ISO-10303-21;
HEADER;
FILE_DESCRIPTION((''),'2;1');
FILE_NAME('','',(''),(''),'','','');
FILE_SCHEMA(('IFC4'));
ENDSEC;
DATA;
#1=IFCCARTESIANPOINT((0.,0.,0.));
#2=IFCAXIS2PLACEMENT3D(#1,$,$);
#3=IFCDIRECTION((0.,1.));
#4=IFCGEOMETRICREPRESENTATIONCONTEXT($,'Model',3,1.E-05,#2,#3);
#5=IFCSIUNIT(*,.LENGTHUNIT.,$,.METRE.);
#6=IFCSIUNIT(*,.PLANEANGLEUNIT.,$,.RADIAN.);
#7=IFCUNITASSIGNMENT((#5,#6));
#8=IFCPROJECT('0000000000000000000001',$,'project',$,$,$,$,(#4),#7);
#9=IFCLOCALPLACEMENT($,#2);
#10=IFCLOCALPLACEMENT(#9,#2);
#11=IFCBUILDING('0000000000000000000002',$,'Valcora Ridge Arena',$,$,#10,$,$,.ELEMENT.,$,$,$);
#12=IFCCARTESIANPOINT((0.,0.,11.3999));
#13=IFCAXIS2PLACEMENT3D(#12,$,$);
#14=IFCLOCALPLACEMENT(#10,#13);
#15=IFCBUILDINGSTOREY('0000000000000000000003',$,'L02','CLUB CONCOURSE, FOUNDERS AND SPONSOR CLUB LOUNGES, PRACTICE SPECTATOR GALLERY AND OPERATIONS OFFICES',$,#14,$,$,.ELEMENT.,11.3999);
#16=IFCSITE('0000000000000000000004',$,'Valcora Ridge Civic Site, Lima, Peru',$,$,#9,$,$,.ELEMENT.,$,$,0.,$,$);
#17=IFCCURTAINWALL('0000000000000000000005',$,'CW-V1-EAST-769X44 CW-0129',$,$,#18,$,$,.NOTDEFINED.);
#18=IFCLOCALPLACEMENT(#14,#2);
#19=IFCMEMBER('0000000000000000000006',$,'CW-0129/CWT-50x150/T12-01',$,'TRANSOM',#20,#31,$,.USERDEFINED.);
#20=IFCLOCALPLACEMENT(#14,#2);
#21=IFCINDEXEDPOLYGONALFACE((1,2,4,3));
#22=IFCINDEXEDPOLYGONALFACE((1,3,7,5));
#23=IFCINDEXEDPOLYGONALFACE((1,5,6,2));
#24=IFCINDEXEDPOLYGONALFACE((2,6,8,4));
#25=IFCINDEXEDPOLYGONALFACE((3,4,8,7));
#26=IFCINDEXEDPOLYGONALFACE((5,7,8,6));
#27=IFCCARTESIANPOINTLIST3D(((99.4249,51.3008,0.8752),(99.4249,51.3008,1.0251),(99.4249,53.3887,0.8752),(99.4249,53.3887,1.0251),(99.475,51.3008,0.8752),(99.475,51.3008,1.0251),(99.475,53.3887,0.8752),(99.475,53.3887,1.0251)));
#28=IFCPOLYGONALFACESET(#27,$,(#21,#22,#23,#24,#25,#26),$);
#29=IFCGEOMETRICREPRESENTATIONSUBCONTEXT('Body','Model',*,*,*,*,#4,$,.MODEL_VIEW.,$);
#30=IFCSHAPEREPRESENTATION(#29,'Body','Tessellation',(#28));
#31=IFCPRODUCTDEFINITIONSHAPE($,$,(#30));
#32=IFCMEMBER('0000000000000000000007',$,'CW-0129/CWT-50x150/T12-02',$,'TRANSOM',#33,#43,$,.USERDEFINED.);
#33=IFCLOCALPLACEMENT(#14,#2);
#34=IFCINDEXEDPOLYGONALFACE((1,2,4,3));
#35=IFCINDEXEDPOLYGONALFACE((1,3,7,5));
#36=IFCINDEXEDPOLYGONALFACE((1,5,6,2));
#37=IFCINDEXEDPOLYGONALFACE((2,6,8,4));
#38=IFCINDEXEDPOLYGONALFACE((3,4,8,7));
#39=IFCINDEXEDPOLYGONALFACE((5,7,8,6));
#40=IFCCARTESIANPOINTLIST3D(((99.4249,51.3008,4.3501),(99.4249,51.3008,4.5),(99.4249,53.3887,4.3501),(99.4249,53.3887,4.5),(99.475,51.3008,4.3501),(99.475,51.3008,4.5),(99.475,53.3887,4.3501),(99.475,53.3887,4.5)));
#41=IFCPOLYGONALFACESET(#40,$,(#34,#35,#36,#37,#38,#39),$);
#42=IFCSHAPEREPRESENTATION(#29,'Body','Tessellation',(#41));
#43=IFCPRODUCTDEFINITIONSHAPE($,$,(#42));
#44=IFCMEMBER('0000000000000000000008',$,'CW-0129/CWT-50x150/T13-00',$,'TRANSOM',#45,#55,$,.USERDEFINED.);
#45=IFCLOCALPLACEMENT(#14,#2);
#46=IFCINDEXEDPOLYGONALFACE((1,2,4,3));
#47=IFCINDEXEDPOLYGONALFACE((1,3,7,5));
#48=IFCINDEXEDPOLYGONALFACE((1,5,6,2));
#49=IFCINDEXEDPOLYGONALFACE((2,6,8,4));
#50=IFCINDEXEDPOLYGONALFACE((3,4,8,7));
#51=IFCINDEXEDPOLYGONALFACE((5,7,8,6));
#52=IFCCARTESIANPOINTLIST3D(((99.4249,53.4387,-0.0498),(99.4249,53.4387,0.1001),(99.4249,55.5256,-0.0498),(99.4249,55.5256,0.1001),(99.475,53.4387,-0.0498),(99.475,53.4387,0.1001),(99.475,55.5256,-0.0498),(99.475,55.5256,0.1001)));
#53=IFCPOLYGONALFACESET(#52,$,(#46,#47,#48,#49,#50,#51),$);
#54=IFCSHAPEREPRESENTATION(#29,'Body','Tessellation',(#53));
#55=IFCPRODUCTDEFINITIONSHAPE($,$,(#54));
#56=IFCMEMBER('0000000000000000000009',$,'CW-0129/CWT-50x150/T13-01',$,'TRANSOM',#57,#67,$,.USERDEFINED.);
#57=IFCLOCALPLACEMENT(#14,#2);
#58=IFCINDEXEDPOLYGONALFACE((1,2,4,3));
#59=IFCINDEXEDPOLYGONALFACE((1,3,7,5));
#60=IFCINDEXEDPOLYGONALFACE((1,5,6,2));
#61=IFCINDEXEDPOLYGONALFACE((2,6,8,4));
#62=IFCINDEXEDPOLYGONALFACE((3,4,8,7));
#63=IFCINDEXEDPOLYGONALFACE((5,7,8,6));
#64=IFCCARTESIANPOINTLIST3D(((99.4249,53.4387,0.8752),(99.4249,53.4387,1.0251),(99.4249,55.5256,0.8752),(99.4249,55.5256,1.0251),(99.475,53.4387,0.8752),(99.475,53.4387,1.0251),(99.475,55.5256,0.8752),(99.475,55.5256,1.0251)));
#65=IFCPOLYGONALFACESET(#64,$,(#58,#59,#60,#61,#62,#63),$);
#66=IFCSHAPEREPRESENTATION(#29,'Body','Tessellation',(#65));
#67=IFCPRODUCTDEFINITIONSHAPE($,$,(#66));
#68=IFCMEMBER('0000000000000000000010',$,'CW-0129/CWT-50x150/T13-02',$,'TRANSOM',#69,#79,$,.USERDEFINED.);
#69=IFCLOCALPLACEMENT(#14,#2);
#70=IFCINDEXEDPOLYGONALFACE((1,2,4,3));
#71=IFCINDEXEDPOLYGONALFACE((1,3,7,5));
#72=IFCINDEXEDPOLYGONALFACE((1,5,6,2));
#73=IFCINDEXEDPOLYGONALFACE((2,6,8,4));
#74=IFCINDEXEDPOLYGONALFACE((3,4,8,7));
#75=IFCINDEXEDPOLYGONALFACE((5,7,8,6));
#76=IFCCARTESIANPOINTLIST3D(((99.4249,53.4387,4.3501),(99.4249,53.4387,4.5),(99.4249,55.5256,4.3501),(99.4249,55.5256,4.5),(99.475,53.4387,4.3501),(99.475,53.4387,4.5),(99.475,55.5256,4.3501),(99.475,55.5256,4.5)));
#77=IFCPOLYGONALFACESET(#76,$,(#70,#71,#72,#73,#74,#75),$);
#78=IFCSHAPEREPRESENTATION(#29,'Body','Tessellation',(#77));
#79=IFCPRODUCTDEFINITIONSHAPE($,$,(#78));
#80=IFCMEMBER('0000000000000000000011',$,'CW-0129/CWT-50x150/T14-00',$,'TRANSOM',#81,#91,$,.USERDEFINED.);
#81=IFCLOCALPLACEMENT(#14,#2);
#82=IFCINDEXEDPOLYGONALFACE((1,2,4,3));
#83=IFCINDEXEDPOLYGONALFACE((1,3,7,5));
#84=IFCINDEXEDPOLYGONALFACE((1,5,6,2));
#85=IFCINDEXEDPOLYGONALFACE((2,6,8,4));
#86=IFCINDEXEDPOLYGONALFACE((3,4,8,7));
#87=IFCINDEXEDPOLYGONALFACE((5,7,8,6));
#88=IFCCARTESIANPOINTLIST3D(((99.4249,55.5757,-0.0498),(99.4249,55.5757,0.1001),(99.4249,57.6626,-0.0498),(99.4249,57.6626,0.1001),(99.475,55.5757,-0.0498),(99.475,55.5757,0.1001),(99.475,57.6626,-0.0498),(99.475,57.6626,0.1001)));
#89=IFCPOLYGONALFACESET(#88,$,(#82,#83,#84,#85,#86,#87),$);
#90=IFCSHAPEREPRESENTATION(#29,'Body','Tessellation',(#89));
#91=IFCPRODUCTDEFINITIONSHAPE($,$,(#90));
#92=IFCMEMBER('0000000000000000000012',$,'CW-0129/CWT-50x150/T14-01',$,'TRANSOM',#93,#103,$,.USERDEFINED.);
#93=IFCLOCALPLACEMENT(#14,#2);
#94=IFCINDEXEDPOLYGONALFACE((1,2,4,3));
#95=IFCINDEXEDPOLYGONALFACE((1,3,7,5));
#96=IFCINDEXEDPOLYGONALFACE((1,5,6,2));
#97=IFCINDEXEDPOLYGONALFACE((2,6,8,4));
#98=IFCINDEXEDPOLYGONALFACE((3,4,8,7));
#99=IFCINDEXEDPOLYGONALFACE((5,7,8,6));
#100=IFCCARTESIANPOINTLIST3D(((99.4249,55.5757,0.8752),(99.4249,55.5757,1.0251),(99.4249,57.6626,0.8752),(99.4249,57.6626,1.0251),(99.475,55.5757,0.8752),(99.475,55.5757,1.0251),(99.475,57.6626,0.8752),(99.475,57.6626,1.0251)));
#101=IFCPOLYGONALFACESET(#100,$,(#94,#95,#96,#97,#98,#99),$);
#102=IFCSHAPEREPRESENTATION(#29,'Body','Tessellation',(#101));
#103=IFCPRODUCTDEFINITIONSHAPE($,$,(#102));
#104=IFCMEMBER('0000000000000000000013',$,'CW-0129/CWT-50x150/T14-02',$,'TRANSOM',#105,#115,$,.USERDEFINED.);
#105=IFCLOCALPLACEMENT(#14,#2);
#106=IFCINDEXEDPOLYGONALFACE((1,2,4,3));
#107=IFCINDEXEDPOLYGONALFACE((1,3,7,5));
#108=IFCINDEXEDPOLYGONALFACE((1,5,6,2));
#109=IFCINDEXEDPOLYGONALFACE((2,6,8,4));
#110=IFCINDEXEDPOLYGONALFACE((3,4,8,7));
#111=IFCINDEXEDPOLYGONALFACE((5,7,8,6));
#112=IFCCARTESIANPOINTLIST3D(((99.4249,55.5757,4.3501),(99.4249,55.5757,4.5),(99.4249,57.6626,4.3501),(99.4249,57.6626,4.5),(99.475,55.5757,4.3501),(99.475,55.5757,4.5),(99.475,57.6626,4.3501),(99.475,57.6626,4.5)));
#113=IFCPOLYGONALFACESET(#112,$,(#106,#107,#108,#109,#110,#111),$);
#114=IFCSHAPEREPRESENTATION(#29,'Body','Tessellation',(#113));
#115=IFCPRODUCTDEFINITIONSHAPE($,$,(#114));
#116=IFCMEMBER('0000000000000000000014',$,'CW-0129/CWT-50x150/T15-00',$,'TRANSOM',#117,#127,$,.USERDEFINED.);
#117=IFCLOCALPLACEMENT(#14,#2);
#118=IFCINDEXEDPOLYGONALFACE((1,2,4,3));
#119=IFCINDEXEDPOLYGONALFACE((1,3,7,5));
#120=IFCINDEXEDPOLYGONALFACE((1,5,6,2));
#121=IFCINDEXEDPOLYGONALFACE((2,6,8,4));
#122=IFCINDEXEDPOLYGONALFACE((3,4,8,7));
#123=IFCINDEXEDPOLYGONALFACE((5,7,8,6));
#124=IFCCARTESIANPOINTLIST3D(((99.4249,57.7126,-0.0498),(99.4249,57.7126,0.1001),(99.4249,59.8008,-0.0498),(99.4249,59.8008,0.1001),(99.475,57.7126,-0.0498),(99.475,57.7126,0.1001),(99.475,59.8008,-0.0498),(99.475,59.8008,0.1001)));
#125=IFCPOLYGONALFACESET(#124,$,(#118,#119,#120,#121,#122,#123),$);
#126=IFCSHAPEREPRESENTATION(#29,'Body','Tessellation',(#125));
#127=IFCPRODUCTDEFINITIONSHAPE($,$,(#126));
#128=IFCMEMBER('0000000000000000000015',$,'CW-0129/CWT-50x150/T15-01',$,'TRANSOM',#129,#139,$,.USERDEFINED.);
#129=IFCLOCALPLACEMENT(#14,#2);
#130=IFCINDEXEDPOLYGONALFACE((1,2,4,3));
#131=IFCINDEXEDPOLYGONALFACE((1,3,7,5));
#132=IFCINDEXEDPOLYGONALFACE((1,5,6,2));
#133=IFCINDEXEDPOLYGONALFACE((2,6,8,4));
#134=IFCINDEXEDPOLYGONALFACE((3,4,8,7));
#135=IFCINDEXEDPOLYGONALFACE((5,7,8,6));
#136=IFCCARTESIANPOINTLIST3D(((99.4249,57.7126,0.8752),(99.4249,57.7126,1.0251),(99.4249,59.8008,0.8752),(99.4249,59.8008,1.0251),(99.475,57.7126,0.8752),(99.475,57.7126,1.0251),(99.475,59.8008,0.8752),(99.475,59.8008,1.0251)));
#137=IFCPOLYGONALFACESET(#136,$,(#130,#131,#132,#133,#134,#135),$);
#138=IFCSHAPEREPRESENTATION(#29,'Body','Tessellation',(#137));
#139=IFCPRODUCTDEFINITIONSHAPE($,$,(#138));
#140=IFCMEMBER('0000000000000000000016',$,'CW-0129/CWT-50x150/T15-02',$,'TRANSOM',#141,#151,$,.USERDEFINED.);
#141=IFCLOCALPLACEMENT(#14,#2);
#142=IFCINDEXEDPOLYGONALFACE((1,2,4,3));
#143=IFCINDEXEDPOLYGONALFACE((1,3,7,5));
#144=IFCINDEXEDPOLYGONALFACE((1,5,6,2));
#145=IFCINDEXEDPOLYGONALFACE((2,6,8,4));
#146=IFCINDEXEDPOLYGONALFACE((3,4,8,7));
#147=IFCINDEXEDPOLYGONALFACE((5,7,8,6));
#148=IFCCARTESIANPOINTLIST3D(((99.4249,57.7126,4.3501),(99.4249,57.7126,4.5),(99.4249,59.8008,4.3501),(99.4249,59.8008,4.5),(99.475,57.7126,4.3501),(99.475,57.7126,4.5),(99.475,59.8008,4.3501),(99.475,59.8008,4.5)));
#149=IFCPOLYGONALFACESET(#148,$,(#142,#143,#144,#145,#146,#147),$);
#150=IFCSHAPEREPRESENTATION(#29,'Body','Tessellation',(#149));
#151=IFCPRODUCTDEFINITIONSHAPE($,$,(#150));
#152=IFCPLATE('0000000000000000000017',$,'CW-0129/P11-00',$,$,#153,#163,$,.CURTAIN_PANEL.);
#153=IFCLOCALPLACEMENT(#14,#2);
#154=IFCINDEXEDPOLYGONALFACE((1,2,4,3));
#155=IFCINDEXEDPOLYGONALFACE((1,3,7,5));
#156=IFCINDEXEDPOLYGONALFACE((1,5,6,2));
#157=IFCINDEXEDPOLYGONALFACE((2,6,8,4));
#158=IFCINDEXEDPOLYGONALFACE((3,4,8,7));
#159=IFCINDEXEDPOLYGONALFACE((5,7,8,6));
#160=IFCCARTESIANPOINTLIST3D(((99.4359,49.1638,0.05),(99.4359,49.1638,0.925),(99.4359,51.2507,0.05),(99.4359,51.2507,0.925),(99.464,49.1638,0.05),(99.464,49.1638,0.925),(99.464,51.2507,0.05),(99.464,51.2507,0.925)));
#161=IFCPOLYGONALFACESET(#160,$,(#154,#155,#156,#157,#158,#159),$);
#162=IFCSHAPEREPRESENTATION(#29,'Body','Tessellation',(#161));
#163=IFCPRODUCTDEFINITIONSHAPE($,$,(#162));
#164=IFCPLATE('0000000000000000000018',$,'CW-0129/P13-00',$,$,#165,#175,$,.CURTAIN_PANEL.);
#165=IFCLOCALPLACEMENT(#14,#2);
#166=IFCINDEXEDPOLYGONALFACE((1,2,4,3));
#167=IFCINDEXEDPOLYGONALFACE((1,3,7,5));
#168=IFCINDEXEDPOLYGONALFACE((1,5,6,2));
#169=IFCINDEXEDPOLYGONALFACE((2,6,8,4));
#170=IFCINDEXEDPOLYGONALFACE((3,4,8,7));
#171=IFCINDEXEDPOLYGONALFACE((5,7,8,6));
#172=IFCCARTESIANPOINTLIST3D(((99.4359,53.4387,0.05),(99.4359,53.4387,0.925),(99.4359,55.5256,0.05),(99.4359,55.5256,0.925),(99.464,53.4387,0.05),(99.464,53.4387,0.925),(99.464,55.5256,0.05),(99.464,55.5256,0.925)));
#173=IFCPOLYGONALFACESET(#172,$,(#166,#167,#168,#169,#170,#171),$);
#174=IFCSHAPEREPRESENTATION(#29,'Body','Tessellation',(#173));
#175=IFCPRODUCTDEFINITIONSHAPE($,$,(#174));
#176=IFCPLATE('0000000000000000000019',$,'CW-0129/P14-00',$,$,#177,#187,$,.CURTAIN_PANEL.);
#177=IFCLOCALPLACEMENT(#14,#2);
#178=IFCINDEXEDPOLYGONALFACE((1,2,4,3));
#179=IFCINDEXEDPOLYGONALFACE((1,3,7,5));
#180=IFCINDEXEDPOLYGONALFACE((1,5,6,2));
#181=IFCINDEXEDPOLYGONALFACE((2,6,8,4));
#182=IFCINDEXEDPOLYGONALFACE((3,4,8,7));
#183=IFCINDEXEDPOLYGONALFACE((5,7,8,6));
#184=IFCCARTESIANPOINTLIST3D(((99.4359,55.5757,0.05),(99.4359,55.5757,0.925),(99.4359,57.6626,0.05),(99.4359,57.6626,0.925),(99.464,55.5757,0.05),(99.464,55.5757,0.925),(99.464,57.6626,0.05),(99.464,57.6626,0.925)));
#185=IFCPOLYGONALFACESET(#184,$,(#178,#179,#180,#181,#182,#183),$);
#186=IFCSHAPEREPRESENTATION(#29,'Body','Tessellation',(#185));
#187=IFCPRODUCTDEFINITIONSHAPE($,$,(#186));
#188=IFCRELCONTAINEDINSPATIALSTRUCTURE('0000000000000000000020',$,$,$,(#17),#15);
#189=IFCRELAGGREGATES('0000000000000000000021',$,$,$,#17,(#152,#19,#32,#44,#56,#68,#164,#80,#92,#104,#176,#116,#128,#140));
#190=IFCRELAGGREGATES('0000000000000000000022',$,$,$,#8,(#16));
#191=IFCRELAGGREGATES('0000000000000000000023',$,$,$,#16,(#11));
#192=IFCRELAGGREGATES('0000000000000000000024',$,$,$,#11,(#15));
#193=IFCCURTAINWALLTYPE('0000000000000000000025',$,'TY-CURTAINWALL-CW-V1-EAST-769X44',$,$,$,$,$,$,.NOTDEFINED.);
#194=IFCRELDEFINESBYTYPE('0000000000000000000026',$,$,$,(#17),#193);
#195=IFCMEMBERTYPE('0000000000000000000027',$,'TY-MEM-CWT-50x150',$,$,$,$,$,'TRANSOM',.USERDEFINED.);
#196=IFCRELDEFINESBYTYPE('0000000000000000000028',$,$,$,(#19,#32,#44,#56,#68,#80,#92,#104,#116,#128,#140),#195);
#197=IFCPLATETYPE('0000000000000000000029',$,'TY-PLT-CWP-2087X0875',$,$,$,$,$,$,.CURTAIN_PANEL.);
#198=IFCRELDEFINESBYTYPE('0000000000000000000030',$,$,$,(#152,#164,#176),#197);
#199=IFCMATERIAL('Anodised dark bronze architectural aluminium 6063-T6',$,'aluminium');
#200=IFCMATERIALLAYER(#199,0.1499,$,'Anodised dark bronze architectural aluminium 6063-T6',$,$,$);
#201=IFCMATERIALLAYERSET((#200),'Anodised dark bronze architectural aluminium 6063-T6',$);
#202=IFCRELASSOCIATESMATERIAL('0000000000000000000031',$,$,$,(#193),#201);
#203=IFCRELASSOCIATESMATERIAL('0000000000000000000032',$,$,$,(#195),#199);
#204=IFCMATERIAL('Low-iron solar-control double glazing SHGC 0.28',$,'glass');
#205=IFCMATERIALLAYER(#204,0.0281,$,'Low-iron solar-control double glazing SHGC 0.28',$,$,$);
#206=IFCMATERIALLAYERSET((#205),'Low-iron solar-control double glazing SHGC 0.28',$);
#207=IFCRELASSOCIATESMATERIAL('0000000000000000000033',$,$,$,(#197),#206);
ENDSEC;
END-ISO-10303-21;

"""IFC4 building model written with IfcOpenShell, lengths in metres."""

from ifc_helpers import new_model, si_unit, direction, frame, origin, origin_2d, place, context, subcontext, project, spatial, rectangle, extrude, material, layer, layer_set, material_profile, profile_set, type_object, element, aggregate, save


model = new_model("IFC4")

# Units and contexts
model_context = context("Model", 3, precision=1e-05, world=origin(), true_north=direction((0.0, 1.0)))
body_context = subcontext(model_context, "Body", "Model", "MODEL_VIEW")
ifc_project = project(units=[si_unit("LENGTHUNIT", "METRE"), si_unit("PLANEANGLEUNIT", "RADIAN")], contexts=[model_context])

# Site, building, storey
site_placement = place(None, origin())
site = spatial("IfcSite", under=ifc_project, at=site_placement, Name="Valcora Ridge Civic Site, Lima, Peru", CompositionType="ELEMENT", RefElevation=0.0)
building_placement = place(site_placement, origin())
building = spatial("IfcBuilding", under=site, at=building_placement, Name="Valcora Ridge Arena", CompositionType="ELEMENT")
storey_placement = place(building_placement, frame((0.0, 0.0, 11.3999)))
storey = spatial("IfcBuildingStorey", under=building, at=storey_placement, Name="L02", Description="CLUB CONCOURSE, FOUNDERS AND SPONSOR CLUB LOUNGES, PRACTICE SPECTATOR GALLERY AND OPERATIONS OFFICES", CompositionType="ELEMENT", Elevation=11.3999)

# Curtain wall, members, plates
ifc_material_1 = material(Name="Anodised dark bronze architectural aluminium 6063-T6", Category="aluminium")
ifc_layer_1 = layer(ifc_material_1, 0.1499, Name="Anodised dark bronze architectural aluminium 6063-T6")
ifc_layer_set_1 = layer_set([ifc_layer_1], Name="Anodised dark bronze architectural aluminium 6063-T6")
curtain_wall_type = type_object("IfcCurtainWallType", Name="TY-CURTAINWALL-CW-V1-EAST-769X44", PredefinedType="NOTDEFINED", material=ifc_layer_set_1)
curtain_wall_placement = place(storey_placement, origin())
curtain_wall = element("IfcCurtainWall", 1, at=curtain_wall_placement, inside=storey, type_object=curtain_wall_type, Name="CW-V1-EAST-769X44 CW-0129", PredefinedType="NOTDEFINED")
ifc_material_profile_1 = material_profile(ifc_material_1, rectangle(XDim=0.05, YDim=0.1499, at=origin_2d()), Name="ALU TRANSOM 50x150")
ifc_profile_set_1 = profile_set([ifc_material_profile_1], Name="Anodised dark bronze architectural aluminium 6063-T6")
member_type_1 = type_object("IfcMemberType", Name="TY-MEM-CWT-50x150", ElementType="TRANSOM", PredefinedType="USERDEFINED", material=ifc_profile_set_1)
member_1_placement = place(storey_placement, frame((99.45, 51.3008, 0.9502), z_axis=(0.0, 1.0, 0.0), x_axis=(-1.0, 0.0, 0.0)))
member_1 = element("IfcMember", 2, at=member_1_placement, type_object=member_type_1, Name="CW-0129/CWT-50x150/T12-01", ObjectType="TRANSOM", PredefinedType="USERDEFINED", context=body_context, shape_type="SweptSolid", body=[
    extrude(rectangle(XDim=0.05, YDim=0.1499, at=origin_2d()), origin(), (0.0, 0.0, 1.0), 2.0879),
])
member_2_placement = place(storey_placement, frame((99.45, 51.3008, 4.425), z_axis=(0.0, 1.0, 0.0), x_axis=(-1.0, 0.0, 0.0)))
member_2 = element("IfcMember", 3, at=member_2_placement, type_object=member_type_1, Name="CW-0129/CWT-50x150/T12-02", ObjectType="TRANSOM", PredefinedType="USERDEFINED", context=body_context, shape_type="SweptSolid", body=[
    extrude(rectangle(XDim=0.05, YDim=0.1499, at=origin_2d()), origin(), (0.0, 0.0, 1.0), 2.0879),
])
member_3_placement = place(storey_placement, frame((99.45, 53.4387, 0.0251), z_axis=(0.0, 1.0, 0.0), x_axis=(-1.0, 0.0, 0.0)))
member_3 = element("IfcMember", 4, at=member_3_placement, type_object=member_type_1, Name="CW-0129/CWT-50x150/T13-00", ObjectType="TRANSOM", PredefinedType="USERDEFINED", context=body_context, shape_type="SweptSolid", body=[
    extrude(rectangle(XDim=0.05, YDim=0.1499, at=origin_2d()), origin(), (0.0, 0.0, 1.0), 2.0869),
])
member_4_placement = place(storey_placement, frame((99.45, 53.4387, 0.9502), z_axis=(0.0, 1.0, 0.0), x_axis=(-1.0, 0.0, 0.0)))
member_4 = element("IfcMember", 5, at=member_4_placement, type_object=member_type_1, Name="CW-0129/CWT-50x150/T13-01", ObjectType="TRANSOM", PredefinedType="USERDEFINED", context=body_context, shape_type="SweptSolid", body=[
    extrude(rectangle(XDim=0.05, YDim=0.1499, at=origin_2d()), origin(), (0.0, 0.0, 1.0), 2.0869),
])
member_5_placement = place(storey_placement, frame((99.45, 53.4387, 4.425), z_axis=(0.0, 1.0, 0.0), x_axis=(-1.0, 0.0, 0.0)))
member_5 = element("IfcMember", 6, at=member_5_placement, type_object=member_type_1, Name="CW-0129/CWT-50x150/T13-02", ObjectType="TRANSOM", PredefinedType="USERDEFINED", context=body_context, shape_type="SweptSolid", body=[
    extrude(rectangle(XDim=0.05, YDim=0.1499, at=origin_2d()), origin(), (0.0, 0.0, 1.0), 2.0869),
])
member_6_placement = place(storey_placement, frame((99.45, 55.5757, 0.0251), z_axis=(0.0, 1.0, 0.0), x_axis=(-1.0, 0.0, 0.0)))
member_6 = element("IfcMember", 7, at=member_6_placement, type_object=member_type_1, Name="CW-0129/CWT-50x150/T14-00", ObjectType="TRANSOM", PredefinedType="USERDEFINED", context=body_context, shape_type="SweptSolid", body=[
    extrude(rectangle(XDim=0.05, YDim=0.1499, at=origin_2d()), origin(), (0.0, 0.0, 1.0), 2.0869),
])
member_7_placement = place(storey_placement, frame((99.45, 55.5757, 0.9502), z_axis=(0.0, 1.0, 0.0), x_axis=(-1.0, 0.0, 0.0)))
member_7 = element("IfcMember", 8, at=member_7_placement, type_object=member_type_1, Name="CW-0129/CWT-50x150/T14-01", ObjectType="TRANSOM", PredefinedType="USERDEFINED", context=body_context, shape_type="SweptSolid", body=[
    extrude(rectangle(XDim=0.05, YDim=0.1499, at=origin_2d()), origin(), (0.0, 0.0, 1.0), 2.0869),
])
member_8_placement = place(storey_placement, frame((99.45, 55.5757, 4.425), z_axis=(0.0, 1.0, 0.0), x_axis=(-1.0, 0.0, 0.0)))
member_8 = element("IfcMember", 9, at=member_8_placement, type_object=member_type_1, Name="CW-0129/CWT-50x150/T14-02", ObjectType="TRANSOM", PredefinedType="USERDEFINED", context=body_context, shape_type="SweptSolid", body=[
    extrude(rectangle(XDim=0.05, YDim=0.1499, at=origin_2d()), origin(), (0.0, 0.0, 1.0), 2.0869),
])
member_9_placement = place(storey_placement, frame((99.45, 57.7126, 0.0251), z_axis=(0.0, 1.0, 0.0), x_axis=(-1.0, 0.0, 0.0)))
member_9 = element("IfcMember", 10, at=member_9_placement, type_object=member_type_1, Name="CW-0129/CWT-50x150/T15-00", ObjectType="TRANSOM", PredefinedType="USERDEFINED", context=body_context, shape_type="SweptSolid", body=[
    extrude(rectangle(XDim=0.05, YDim=0.1499, at=origin_2d()), origin(), (0.0, 0.0, 1.0), 2.0881),
])
member_10_placement = place(storey_placement, frame((99.45, 57.7126, 0.9502), z_axis=(0.0, 1.0, 0.0), x_axis=(-1.0, 0.0, 0.0)))
member_10 = element("IfcMember", 11, at=member_10_placement, type_object=member_type_1, Name="CW-0129/CWT-50x150/T15-01", ObjectType="TRANSOM", PredefinedType="USERDEFINED", context=body_context, shape_type="SweptSolid", body=[
    extrude(rectangle(XDim=0.05, YDim=0.1499, at=origin_2d()), origin(), (0.0, 0.0, 1.0), 2.0881),
])
member_11_placement = place(storey_placement, frame((99.45, 57.7126, 4.425), z_axis=(0.0, 1.0, 0.0), x_axis=(-1.0, 0.0, 0.0)))
member_11 = element("IfcMember", 12, at=member_11_placement, type_object=member_type_1, Name="CW-0129/CWT-50x150/T15-02", ObjectType="TRANSOM", PredefinedType="USERDEFINED", context=body_context, shape_type="SweptSolid", body=[
    extrude(rectangle(XDim=0.05, YDim=0.1499, at=origin_2d()), origin(), (0.0, 0.0, 1.0), 2.0881),
])
ifc_material_2 = material(Name="Low-iron solar-control double glazing SHGC 0.28", Category="glass")
ifc_layer_2 = layer(ifc_material_2, 0.0281, Name="Low-iron solar-control double glazing SHGC 0.28")
ifc_layer_set_2 = layer_set([ifc_layer_2], Name="Low-iron solar-control double glazing SHGC 0.28")
plate_type_1 = type_object("IfcPlateType", Name="TY-PLT-CWP-2087X0875", PredefinedType="CURTAIN_PANEL", material=ifc_layer_set_2)
plate_1_placement = place(storey_placement, frame((99.45, 50.2073, 0.05), z_axis=(0.0, 0.0, 1.0), x_axis=(0.0, 1.0, 0.0)))
plate_1 = element("IfcPlate", 13, at=plate_1_placement, type_object=plate_type_1, Name="CW-0129/P11-00", PredefinedType="CURTAIN_PANEL", context=body_context, shape_type="SweptSolid", body=[
    extrude(rectangle(XDim=2.0869, YDim=0.0281, at=origin_2d()), origin(), (0.0, 0.0, 1.0), 0.875),
])
plate_2_placement = place(storey_placement, frame((99.45, 54.4822, 0.05), z_axis=(0.0, 0.0, 1.0), x_axis=(0.0, 1.0, 0.0)))
plate_2 = element("IfcPlate", 14, at=plate_2_placement, type_object=plate_type_1, Name="CW-0129/P13-00", PredefinedType="CURTAIN_PANEL", context=body_context, shape_type="SweptSolid", body=[
    extrude(rectangle(XDim=2.0869, YDim=0.0281, at=origin_2d()), origin(), (0.0, 0.0, 1.0), 0.875),
])
plate_3_placement = place(storey_placement, frame((99.45, 56.6191, 0.05), z_axis=(0.0, 0.0, 1.0), x_axis=(0.0, 1.0, 0.0)))
plate_3 = element("IfcPlate", 15, at=plate_3_placement, type_object=plate_type_1, Name="CW-0129/P14-00", PredefinedType="CURTAIN_PANEL", context=body_context, shape_type="SweptSolid", body=[
    extrude(rectangle(XDim=2.0869, YDim=0.0281, at=origin_2d()), origin(), (0.0, 0.0, 1.0), 0.875),
])
aggregate(curtain_wall, [plate_1, member_1, member_2, member_3, member_4, member_5, plate_2, member_6, member_7, member_8, plate_3, member_9, member_10, member_11])

save(model, "model.ifc")
